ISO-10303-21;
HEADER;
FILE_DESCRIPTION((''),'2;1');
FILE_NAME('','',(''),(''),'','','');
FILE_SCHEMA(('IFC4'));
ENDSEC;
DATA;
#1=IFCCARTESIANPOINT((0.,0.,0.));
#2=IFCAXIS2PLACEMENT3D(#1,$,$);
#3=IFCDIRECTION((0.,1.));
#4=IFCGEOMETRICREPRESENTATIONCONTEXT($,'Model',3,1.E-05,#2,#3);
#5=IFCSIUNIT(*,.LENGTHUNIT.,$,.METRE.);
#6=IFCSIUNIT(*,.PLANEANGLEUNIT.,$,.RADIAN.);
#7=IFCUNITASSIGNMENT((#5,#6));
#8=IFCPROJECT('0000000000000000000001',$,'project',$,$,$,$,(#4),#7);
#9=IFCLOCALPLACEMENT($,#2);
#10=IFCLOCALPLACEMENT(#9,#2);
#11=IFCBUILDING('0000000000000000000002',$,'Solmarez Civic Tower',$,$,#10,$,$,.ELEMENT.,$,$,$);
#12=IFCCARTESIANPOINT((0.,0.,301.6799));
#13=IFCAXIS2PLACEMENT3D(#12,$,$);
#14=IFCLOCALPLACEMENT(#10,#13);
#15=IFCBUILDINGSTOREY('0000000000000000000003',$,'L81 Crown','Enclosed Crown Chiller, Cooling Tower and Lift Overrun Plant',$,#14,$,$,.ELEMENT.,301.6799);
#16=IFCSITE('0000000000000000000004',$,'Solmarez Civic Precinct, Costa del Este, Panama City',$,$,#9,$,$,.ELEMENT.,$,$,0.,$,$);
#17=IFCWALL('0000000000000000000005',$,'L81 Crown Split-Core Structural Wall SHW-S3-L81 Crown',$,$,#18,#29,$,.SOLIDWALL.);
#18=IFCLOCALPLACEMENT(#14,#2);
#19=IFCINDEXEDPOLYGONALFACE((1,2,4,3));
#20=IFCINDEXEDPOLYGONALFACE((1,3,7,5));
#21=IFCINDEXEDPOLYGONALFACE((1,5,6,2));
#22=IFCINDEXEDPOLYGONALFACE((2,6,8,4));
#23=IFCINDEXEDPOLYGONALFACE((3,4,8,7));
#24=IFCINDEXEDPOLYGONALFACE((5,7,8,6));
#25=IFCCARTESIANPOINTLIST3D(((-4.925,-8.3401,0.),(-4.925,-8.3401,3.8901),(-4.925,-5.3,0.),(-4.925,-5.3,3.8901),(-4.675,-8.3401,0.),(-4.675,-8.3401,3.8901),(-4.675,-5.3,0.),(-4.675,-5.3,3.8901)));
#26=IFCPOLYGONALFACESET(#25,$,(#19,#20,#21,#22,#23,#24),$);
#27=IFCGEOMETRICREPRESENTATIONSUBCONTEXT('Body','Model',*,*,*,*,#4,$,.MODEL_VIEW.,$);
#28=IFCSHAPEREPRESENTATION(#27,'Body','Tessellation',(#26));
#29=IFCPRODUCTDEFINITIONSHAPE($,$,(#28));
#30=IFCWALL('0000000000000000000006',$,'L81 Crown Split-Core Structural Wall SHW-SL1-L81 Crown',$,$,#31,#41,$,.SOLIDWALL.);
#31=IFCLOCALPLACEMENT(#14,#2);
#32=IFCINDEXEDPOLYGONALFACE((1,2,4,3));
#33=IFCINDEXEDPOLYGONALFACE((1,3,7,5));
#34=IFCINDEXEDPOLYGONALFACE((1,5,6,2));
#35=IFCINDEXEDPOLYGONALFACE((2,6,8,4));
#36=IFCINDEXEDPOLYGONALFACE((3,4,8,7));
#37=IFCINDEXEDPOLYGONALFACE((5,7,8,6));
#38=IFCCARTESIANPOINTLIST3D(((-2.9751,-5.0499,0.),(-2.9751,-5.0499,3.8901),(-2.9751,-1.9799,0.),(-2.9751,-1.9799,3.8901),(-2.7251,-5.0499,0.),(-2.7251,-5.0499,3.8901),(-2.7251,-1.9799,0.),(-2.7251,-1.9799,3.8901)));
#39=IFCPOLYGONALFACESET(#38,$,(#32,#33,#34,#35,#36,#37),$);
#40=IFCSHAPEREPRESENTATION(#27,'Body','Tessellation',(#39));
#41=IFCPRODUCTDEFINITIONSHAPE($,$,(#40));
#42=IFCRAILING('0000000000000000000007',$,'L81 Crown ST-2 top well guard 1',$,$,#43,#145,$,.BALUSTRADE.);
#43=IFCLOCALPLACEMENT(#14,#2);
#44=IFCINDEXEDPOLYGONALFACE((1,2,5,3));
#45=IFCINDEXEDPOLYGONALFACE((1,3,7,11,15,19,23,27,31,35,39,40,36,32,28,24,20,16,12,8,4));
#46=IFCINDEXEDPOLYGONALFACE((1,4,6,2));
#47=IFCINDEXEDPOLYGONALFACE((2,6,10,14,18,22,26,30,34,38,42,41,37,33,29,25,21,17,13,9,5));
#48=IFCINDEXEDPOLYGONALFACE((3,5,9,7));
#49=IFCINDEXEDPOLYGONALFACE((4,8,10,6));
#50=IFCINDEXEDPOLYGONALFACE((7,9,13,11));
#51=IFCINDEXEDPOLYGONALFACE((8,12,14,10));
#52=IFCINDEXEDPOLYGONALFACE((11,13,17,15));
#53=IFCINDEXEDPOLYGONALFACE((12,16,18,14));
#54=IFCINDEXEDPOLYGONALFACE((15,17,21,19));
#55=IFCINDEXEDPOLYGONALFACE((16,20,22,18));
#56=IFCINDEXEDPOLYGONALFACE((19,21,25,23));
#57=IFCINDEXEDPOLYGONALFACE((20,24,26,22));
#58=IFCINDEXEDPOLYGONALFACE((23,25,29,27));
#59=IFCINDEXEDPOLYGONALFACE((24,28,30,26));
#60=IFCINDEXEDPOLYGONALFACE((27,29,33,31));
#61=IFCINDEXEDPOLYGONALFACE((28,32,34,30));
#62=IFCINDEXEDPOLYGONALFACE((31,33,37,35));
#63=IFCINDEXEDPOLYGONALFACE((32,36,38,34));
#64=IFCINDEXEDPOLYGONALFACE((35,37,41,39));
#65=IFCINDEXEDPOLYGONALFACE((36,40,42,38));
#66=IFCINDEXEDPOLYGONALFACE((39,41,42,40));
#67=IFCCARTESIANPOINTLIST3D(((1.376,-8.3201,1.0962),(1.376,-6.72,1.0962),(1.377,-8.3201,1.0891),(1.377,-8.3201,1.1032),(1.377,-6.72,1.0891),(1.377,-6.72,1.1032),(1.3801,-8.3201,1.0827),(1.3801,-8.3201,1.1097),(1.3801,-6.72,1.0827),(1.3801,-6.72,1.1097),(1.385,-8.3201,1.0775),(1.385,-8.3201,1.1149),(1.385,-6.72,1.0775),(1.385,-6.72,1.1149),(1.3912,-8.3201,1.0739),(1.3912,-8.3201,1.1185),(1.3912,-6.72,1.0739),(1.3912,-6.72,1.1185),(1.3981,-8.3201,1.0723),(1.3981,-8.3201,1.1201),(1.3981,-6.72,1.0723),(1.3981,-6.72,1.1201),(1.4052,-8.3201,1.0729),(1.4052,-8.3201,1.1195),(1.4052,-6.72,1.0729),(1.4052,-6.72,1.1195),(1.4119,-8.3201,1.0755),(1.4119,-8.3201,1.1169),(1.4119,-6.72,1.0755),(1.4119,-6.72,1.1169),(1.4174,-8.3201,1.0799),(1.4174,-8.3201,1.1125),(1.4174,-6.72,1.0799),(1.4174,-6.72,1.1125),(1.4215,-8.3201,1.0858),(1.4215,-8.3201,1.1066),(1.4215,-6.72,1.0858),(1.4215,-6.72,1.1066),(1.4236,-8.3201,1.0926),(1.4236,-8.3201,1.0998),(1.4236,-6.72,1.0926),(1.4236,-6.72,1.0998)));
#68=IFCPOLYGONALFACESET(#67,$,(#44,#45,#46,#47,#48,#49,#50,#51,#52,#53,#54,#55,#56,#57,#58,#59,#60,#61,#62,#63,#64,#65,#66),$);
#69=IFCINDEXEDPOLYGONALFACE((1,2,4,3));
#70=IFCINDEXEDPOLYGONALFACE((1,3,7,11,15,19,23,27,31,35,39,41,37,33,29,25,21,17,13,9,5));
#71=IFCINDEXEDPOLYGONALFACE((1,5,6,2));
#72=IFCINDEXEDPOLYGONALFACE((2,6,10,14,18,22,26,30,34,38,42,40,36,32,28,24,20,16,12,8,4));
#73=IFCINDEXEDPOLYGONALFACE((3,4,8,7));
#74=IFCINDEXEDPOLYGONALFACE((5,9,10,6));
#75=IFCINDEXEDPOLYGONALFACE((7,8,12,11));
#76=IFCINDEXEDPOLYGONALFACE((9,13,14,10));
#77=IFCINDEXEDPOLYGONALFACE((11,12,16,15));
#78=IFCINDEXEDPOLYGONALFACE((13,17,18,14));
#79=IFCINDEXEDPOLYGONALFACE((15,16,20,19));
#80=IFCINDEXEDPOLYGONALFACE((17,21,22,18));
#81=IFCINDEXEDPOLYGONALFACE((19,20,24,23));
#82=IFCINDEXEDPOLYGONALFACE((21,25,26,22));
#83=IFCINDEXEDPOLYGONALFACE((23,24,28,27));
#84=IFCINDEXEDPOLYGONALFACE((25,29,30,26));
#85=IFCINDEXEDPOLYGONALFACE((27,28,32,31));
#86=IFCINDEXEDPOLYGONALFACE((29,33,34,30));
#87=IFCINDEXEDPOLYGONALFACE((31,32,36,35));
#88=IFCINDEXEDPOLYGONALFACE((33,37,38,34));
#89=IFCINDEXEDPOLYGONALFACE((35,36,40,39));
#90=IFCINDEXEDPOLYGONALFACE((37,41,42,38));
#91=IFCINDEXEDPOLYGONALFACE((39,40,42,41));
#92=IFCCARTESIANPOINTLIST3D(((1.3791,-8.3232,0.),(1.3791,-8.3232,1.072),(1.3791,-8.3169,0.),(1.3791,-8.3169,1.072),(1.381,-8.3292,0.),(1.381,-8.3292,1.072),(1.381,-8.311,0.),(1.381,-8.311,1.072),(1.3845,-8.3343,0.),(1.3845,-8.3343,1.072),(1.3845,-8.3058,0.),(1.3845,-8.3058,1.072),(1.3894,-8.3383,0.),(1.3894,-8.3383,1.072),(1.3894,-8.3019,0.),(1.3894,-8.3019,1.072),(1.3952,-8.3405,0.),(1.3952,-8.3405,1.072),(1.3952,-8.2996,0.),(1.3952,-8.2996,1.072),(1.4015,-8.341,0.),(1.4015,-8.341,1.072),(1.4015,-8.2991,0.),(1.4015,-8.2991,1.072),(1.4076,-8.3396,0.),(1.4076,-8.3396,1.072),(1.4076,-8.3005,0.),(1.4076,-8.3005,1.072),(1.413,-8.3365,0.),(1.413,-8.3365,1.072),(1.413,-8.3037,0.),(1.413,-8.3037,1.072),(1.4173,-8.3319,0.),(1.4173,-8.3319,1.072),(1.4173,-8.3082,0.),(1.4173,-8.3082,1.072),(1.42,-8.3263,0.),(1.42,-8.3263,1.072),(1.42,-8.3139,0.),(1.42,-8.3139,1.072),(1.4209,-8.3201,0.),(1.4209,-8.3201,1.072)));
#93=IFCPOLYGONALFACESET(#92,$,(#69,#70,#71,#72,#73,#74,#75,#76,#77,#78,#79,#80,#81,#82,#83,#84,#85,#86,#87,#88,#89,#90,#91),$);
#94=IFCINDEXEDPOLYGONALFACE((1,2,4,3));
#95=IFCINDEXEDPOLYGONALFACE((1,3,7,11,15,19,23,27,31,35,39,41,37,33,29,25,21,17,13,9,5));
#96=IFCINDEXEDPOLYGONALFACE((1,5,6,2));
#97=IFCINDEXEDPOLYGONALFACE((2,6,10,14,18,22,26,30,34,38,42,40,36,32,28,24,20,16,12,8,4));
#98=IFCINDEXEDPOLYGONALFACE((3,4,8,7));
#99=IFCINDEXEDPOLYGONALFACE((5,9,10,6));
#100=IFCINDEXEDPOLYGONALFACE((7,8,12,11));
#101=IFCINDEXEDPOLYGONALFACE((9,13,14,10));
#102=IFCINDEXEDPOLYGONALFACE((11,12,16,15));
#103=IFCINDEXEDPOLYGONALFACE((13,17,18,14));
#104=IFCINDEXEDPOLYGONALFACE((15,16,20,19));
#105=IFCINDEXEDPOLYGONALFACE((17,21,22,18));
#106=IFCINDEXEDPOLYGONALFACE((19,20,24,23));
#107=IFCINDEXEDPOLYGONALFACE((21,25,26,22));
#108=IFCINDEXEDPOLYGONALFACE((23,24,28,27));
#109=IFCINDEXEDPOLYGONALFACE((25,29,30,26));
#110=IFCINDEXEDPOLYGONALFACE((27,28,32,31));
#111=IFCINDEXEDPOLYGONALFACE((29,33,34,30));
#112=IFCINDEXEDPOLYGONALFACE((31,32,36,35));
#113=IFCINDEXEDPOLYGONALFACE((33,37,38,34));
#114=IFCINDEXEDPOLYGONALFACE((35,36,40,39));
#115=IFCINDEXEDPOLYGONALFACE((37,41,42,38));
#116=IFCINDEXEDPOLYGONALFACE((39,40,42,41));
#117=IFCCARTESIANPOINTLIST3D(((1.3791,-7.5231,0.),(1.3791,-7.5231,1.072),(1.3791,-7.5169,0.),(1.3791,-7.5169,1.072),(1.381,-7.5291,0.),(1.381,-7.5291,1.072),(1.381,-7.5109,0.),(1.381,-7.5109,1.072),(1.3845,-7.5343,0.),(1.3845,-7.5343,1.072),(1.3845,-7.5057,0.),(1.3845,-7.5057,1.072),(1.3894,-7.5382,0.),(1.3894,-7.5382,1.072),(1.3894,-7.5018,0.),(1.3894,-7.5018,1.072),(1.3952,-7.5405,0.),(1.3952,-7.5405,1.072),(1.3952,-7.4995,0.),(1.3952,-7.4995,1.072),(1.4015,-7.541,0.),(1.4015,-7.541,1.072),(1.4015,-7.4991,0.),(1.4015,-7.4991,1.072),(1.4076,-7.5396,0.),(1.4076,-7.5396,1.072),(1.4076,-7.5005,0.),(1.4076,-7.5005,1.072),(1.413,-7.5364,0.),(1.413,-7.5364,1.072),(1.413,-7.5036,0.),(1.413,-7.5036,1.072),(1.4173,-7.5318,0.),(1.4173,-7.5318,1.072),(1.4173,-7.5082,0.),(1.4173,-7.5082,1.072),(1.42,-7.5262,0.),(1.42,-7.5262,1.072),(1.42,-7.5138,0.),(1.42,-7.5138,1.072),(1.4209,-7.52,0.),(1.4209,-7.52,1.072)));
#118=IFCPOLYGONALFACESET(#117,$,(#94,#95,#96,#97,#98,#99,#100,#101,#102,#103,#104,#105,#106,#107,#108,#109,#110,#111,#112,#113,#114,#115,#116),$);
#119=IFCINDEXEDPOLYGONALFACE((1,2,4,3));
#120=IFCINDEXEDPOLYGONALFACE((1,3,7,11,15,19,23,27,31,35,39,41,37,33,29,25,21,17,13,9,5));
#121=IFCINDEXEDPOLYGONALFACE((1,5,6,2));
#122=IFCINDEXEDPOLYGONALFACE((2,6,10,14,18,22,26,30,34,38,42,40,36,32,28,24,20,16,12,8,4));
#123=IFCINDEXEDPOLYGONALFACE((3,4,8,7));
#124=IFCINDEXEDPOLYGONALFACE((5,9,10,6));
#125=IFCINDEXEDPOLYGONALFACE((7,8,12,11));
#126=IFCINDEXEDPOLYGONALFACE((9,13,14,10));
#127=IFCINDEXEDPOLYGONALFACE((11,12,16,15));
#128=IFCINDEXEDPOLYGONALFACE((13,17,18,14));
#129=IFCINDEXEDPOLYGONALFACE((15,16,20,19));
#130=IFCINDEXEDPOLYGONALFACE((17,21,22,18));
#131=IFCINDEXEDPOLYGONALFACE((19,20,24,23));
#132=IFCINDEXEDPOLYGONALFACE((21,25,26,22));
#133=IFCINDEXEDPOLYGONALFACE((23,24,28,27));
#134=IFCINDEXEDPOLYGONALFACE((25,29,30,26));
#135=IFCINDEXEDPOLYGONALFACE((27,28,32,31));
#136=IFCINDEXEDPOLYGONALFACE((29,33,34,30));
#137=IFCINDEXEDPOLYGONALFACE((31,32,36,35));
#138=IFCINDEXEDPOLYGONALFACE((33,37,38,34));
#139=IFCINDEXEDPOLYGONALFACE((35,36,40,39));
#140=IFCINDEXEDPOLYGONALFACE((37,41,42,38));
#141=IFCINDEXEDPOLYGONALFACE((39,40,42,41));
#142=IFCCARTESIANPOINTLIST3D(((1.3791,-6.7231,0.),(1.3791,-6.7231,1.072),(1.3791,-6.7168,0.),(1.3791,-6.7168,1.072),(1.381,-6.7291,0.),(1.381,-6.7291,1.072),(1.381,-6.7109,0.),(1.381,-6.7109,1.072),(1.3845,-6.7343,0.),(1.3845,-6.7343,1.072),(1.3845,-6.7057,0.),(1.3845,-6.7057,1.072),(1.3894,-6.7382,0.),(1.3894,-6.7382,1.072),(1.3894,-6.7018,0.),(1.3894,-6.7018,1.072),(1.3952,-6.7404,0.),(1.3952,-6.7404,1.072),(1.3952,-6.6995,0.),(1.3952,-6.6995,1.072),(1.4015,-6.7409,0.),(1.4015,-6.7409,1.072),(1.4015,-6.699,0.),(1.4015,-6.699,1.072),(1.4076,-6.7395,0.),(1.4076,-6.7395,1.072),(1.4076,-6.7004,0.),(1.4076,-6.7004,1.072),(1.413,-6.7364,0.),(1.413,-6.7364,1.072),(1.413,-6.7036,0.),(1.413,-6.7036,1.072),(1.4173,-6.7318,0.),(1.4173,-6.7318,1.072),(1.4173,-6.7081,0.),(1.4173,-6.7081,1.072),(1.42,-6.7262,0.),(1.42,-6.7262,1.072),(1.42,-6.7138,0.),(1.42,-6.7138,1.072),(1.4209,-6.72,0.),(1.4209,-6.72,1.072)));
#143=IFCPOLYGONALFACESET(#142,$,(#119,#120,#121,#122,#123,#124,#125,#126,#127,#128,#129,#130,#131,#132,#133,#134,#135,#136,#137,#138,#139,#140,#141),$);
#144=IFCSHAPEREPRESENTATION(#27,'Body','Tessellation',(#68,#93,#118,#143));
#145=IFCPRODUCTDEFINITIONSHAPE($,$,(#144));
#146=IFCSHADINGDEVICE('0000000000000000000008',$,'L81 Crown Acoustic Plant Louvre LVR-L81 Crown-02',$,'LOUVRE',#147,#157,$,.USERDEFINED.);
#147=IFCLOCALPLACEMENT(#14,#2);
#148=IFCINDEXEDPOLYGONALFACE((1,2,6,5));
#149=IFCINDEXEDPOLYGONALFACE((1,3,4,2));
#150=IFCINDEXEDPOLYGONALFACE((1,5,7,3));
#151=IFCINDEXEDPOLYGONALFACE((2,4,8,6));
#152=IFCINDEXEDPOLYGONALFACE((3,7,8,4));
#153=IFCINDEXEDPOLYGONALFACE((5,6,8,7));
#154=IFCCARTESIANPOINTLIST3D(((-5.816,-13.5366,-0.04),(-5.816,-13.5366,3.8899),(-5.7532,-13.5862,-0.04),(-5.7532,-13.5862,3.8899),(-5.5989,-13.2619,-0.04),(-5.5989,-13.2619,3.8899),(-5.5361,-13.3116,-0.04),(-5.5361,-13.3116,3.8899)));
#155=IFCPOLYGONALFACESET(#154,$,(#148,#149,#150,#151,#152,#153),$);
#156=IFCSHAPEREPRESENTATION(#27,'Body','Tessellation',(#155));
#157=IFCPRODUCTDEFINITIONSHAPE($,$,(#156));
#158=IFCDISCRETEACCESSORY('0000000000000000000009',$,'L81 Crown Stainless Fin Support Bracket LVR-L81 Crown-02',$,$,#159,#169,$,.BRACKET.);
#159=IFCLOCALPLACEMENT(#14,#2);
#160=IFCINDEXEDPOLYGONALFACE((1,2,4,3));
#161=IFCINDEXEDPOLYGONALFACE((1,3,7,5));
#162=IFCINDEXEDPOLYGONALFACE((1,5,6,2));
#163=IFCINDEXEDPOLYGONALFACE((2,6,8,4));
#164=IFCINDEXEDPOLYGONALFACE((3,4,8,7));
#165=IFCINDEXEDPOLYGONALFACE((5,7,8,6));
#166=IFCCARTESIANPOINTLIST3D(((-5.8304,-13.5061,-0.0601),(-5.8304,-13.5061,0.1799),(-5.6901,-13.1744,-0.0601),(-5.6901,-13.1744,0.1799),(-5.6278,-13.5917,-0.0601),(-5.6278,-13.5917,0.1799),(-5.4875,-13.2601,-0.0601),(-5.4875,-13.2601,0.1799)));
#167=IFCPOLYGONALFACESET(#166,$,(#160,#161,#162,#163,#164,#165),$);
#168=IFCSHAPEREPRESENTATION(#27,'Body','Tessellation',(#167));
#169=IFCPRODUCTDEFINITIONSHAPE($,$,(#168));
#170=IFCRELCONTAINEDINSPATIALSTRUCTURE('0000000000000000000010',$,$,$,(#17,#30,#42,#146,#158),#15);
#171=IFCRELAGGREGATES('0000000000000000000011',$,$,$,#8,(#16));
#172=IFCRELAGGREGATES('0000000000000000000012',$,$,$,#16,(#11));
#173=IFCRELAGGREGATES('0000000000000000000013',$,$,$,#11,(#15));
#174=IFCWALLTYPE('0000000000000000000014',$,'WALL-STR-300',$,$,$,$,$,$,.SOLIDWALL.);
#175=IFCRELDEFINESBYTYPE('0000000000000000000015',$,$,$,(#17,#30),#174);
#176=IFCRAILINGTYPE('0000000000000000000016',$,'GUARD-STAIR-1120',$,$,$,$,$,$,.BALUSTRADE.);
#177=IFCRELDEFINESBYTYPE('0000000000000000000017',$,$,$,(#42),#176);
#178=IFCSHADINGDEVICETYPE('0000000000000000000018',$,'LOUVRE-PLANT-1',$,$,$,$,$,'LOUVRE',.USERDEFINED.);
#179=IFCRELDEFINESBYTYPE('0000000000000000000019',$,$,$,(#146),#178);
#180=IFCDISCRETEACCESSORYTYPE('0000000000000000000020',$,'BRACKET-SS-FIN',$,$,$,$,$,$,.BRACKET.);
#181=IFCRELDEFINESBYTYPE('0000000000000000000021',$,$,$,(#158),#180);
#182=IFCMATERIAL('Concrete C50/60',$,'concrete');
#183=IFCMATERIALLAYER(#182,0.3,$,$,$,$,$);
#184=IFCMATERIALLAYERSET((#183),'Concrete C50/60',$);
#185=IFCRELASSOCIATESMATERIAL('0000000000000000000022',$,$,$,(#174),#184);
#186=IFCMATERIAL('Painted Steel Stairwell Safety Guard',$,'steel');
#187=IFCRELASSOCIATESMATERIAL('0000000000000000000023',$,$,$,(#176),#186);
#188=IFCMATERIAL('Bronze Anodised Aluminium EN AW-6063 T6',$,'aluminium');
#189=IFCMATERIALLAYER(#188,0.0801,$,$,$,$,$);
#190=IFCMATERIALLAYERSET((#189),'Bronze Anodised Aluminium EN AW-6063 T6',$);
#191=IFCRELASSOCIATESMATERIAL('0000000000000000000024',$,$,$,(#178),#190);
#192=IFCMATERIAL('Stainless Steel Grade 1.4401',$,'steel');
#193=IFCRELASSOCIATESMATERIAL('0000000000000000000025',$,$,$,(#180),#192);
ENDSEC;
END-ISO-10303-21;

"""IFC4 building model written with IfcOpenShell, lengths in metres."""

from ifc_helpers import new_model, si_unit, direction, frame, frame_2d, origin, origin_2d, place, context, subcontext, project, spatial, rectangle, circle, extrude, material, layer, layer_set, type_object, element, save


model = new_model("IFC4")

# Units and contexts
model_context = context("Model", 3, precision=1e-05, world=origin(), true_north=direction((0.0, 1.0)))
body_context = subcontext(model_context, "Body", "Model", "MODEL_VIEW")
ifc_project = project(units=[si_unit("LENGTHUNIT", "METRE"), si_unit("PLANEANGLEUNIT", "RADIAN")], contexts=[model_context])

# Site, building, storey
site_placement = place(None, origin())
site = spatial("IfcSite", under=ifc_project, at=site_placement, Name="Solmarez Civic Precinct, Costa del Este, Panama City", CompositionType="ELEMENT", RefElevation=0.0)
building_placement = place(site_placement, origin())
building = spatial("IfcBuilding", under=site, at=building_placement, Name="Solmarez Civic Tower", CompositionType="ELEMENT")
storey_placement = place(building_placement, frame((0.0, 0.0, 301.6799)))
storey = spatial("IfcBuildingStorey", under=building, at=storey_placement, Name="L81 Crown", Description="Enclosed Crown Chiller, Cooling Tower and Lift Overrun Plant", CompositionType="ELEMENT", Elevation=301.6799)

# Shared definitions
ifc_material_1 = material(Name="Concrete C50/60", Category="concrete")

# Shared definitions
ifc_layer_1 = layer(ifc_material_1, 0.3)
ifc_layer_set_1 = layer_set([ifc_layer_1], Name="Concrete C50/60")
wall_type_1 = type_object("IfcWallType", Name="WALL-STR-300", PredefinedType="SOLIDWALL", material=ifc_layer_set_1)

# Walls
for number, where, z_axis, x_axis, name in (
    (1, (-4.8, -8.3401, 0.0), (0.0, 0.0, 1.0), (0.0, 1.0, 0.0), "L81 Crown Split-Core Structural Wall SHW-S3-L81 Crown"),
):
    element("IfcWall", number, at=place(storey_placement, frame(where, z_axis=z_axis, x_axis=x_axis)), inside=storey, type_object=wall_type_1, Name=name, PredefinedType="SOLIDWALL", context=body_context, shape_type="SweptSolid", body=[
        extrude(rectangle(XDim=3.04, YDim=0.25, at=frame_2d((1.52, 0.0))), origin(), (0.0, 0.0, 1.0), 3.8901),
    ])
wall_1_placement = place(storey_placement, frame((-2.8501, -5.05, 0.0), z_axis=(0.0, 0.0, 1.0), x_axis=(0.0, 1.0, 0.0)))
element("IfcWall", 2, at=wall_1_placement, inside=storey, type_object=wall_type_1, Name="L81 Crown Split-Core Structural Wall SHW-SL1-L81 Crown", PredefinedType="SOLIDWALL", context=body_context, shape_type="SweptSolid", body=[
    extrude(rectangle(XDim=3.0701, YDim=0.25, at=frame_2d((1.5352, 0.0))), origin(), (0.0, 0.0, 1.0), 3.8901),
])

# Railing
ifc_material_2 = material(Name="Painted Steel Stairwell Safety Guard", Category="steel")
railing_type = type_object("IfcRailingType", Name="GUARD-STAIR-1120", PredefinedType="BALUSTRADE", material=ifc_material_2)
railing_placement = place(storey_placement, frame((1.3999, -8.3201, 0.0)))
element("IfcRailing", 3, at=railing_placement, inside=storey, type_object=railing_type, Name="L81 Crown ST-2 top well guard 1", PredefinedType="BALUSTRADE", context=body_context, shape_type="SweptSolid", body=[
    extrude(circle(Radius=0.0239, at=origin_2d()), frame((0.0, 0.0, 1.0962), z_axis=(0.0, 1.0, 0.0), x_axis=(-1.0, 0.0, 0.0)), (0.0, 0.0, 1.0), 1.6001),
    extrude(circle(Radius=0.021, at=origin_2d()), origin(), (0.0, 0.0, 1.0), 1.072),
    extrude(circle(Radius=0.021, at=origin_2d()), frame((0.0, 0.8, 0.0)), (0.0, 0.0, 1.0), 1.072),
    extrude(circle(Radius=0.021, at=origin_2d()), frame((0.0, 1.6001, 0.0)), (0.0, 0.0, 1.0), 1.072),
])

# Shading device
ifc_material_3 = material(Name="Bronze Anodised Aluminium EN AW-6063 T6", Category="aluminium")
ifc_layer_2 = layer(ifc_material_3, 0.0801)
ifc_layer_set_2 = layer_set([ifc_layer_2], Name="Bronze Anodised Aluminium EN AW-6063 T6")
shading_device_type = type_object("IfcShadingDeviceType", Name="LOUVRE-PLANT-1", ElementType="LOUVRE", PredefinedType="USERDEFINED", material=ifc_layer_set_2)
shading_device_placement = place(storey_placement, frame((-5.676, -13.4241, -0.04), z_axis=(0.0, 0.0, 1.0), x_axis=(-0.620053, -0.78456, 0.0)))
element("IfcShadingDevice", 4, at=shading_device_placement, inside=storey, type_object=shading_device_type, Name="L81 Crown Acoustic Plant Louvre LVR-L81 Crown-02", ObjectType="LOUVRE", PredefinedType="USERDEFINED", context=body_context, shape_type="SweptSolid", body=[
    extrude(rectangle(XDim=0.3501, YDim=0.0801, at=origin_2d()), origin(), (0.0, 0.0, 1.0), 3.9299),
])

# Discrete accessory
ifc_material_4 = material(Name="Stainless Steel Grade 1.4401", Category="steel")
discrete_accessory_type = type_object("IfcDiscreteAccessoryType", Name="BRACKET-SS-FIN", PredefinedType="BRACKET", material=ifc_material_4)
discrete_accessory_placement = place(storey_placement, frame((-5.6589, -13.3831, -0.0601), z_axis=(0.0, 0.0, 1.0), x_axis=(-0.389444, -0.92105, 0.0)))
element("IfcDiscreteAccessory", 5, at=discrete_accessory_placement, inside=storey, type_object=discrete_accessory_type, Name="L81 Crown Stainless Fin Support Bracket LVR-L81 Crown-02", PredefinedType="BRACKET", context=body_context, shape_type="SweptSolid", body=[
    extrude(rectangle(XDim=0.3601, YDim=0.22, at=origin_2d()), origin(), (0.0, 0.0, 1.0), 0.24),
])

save(model, "model.ifc")
